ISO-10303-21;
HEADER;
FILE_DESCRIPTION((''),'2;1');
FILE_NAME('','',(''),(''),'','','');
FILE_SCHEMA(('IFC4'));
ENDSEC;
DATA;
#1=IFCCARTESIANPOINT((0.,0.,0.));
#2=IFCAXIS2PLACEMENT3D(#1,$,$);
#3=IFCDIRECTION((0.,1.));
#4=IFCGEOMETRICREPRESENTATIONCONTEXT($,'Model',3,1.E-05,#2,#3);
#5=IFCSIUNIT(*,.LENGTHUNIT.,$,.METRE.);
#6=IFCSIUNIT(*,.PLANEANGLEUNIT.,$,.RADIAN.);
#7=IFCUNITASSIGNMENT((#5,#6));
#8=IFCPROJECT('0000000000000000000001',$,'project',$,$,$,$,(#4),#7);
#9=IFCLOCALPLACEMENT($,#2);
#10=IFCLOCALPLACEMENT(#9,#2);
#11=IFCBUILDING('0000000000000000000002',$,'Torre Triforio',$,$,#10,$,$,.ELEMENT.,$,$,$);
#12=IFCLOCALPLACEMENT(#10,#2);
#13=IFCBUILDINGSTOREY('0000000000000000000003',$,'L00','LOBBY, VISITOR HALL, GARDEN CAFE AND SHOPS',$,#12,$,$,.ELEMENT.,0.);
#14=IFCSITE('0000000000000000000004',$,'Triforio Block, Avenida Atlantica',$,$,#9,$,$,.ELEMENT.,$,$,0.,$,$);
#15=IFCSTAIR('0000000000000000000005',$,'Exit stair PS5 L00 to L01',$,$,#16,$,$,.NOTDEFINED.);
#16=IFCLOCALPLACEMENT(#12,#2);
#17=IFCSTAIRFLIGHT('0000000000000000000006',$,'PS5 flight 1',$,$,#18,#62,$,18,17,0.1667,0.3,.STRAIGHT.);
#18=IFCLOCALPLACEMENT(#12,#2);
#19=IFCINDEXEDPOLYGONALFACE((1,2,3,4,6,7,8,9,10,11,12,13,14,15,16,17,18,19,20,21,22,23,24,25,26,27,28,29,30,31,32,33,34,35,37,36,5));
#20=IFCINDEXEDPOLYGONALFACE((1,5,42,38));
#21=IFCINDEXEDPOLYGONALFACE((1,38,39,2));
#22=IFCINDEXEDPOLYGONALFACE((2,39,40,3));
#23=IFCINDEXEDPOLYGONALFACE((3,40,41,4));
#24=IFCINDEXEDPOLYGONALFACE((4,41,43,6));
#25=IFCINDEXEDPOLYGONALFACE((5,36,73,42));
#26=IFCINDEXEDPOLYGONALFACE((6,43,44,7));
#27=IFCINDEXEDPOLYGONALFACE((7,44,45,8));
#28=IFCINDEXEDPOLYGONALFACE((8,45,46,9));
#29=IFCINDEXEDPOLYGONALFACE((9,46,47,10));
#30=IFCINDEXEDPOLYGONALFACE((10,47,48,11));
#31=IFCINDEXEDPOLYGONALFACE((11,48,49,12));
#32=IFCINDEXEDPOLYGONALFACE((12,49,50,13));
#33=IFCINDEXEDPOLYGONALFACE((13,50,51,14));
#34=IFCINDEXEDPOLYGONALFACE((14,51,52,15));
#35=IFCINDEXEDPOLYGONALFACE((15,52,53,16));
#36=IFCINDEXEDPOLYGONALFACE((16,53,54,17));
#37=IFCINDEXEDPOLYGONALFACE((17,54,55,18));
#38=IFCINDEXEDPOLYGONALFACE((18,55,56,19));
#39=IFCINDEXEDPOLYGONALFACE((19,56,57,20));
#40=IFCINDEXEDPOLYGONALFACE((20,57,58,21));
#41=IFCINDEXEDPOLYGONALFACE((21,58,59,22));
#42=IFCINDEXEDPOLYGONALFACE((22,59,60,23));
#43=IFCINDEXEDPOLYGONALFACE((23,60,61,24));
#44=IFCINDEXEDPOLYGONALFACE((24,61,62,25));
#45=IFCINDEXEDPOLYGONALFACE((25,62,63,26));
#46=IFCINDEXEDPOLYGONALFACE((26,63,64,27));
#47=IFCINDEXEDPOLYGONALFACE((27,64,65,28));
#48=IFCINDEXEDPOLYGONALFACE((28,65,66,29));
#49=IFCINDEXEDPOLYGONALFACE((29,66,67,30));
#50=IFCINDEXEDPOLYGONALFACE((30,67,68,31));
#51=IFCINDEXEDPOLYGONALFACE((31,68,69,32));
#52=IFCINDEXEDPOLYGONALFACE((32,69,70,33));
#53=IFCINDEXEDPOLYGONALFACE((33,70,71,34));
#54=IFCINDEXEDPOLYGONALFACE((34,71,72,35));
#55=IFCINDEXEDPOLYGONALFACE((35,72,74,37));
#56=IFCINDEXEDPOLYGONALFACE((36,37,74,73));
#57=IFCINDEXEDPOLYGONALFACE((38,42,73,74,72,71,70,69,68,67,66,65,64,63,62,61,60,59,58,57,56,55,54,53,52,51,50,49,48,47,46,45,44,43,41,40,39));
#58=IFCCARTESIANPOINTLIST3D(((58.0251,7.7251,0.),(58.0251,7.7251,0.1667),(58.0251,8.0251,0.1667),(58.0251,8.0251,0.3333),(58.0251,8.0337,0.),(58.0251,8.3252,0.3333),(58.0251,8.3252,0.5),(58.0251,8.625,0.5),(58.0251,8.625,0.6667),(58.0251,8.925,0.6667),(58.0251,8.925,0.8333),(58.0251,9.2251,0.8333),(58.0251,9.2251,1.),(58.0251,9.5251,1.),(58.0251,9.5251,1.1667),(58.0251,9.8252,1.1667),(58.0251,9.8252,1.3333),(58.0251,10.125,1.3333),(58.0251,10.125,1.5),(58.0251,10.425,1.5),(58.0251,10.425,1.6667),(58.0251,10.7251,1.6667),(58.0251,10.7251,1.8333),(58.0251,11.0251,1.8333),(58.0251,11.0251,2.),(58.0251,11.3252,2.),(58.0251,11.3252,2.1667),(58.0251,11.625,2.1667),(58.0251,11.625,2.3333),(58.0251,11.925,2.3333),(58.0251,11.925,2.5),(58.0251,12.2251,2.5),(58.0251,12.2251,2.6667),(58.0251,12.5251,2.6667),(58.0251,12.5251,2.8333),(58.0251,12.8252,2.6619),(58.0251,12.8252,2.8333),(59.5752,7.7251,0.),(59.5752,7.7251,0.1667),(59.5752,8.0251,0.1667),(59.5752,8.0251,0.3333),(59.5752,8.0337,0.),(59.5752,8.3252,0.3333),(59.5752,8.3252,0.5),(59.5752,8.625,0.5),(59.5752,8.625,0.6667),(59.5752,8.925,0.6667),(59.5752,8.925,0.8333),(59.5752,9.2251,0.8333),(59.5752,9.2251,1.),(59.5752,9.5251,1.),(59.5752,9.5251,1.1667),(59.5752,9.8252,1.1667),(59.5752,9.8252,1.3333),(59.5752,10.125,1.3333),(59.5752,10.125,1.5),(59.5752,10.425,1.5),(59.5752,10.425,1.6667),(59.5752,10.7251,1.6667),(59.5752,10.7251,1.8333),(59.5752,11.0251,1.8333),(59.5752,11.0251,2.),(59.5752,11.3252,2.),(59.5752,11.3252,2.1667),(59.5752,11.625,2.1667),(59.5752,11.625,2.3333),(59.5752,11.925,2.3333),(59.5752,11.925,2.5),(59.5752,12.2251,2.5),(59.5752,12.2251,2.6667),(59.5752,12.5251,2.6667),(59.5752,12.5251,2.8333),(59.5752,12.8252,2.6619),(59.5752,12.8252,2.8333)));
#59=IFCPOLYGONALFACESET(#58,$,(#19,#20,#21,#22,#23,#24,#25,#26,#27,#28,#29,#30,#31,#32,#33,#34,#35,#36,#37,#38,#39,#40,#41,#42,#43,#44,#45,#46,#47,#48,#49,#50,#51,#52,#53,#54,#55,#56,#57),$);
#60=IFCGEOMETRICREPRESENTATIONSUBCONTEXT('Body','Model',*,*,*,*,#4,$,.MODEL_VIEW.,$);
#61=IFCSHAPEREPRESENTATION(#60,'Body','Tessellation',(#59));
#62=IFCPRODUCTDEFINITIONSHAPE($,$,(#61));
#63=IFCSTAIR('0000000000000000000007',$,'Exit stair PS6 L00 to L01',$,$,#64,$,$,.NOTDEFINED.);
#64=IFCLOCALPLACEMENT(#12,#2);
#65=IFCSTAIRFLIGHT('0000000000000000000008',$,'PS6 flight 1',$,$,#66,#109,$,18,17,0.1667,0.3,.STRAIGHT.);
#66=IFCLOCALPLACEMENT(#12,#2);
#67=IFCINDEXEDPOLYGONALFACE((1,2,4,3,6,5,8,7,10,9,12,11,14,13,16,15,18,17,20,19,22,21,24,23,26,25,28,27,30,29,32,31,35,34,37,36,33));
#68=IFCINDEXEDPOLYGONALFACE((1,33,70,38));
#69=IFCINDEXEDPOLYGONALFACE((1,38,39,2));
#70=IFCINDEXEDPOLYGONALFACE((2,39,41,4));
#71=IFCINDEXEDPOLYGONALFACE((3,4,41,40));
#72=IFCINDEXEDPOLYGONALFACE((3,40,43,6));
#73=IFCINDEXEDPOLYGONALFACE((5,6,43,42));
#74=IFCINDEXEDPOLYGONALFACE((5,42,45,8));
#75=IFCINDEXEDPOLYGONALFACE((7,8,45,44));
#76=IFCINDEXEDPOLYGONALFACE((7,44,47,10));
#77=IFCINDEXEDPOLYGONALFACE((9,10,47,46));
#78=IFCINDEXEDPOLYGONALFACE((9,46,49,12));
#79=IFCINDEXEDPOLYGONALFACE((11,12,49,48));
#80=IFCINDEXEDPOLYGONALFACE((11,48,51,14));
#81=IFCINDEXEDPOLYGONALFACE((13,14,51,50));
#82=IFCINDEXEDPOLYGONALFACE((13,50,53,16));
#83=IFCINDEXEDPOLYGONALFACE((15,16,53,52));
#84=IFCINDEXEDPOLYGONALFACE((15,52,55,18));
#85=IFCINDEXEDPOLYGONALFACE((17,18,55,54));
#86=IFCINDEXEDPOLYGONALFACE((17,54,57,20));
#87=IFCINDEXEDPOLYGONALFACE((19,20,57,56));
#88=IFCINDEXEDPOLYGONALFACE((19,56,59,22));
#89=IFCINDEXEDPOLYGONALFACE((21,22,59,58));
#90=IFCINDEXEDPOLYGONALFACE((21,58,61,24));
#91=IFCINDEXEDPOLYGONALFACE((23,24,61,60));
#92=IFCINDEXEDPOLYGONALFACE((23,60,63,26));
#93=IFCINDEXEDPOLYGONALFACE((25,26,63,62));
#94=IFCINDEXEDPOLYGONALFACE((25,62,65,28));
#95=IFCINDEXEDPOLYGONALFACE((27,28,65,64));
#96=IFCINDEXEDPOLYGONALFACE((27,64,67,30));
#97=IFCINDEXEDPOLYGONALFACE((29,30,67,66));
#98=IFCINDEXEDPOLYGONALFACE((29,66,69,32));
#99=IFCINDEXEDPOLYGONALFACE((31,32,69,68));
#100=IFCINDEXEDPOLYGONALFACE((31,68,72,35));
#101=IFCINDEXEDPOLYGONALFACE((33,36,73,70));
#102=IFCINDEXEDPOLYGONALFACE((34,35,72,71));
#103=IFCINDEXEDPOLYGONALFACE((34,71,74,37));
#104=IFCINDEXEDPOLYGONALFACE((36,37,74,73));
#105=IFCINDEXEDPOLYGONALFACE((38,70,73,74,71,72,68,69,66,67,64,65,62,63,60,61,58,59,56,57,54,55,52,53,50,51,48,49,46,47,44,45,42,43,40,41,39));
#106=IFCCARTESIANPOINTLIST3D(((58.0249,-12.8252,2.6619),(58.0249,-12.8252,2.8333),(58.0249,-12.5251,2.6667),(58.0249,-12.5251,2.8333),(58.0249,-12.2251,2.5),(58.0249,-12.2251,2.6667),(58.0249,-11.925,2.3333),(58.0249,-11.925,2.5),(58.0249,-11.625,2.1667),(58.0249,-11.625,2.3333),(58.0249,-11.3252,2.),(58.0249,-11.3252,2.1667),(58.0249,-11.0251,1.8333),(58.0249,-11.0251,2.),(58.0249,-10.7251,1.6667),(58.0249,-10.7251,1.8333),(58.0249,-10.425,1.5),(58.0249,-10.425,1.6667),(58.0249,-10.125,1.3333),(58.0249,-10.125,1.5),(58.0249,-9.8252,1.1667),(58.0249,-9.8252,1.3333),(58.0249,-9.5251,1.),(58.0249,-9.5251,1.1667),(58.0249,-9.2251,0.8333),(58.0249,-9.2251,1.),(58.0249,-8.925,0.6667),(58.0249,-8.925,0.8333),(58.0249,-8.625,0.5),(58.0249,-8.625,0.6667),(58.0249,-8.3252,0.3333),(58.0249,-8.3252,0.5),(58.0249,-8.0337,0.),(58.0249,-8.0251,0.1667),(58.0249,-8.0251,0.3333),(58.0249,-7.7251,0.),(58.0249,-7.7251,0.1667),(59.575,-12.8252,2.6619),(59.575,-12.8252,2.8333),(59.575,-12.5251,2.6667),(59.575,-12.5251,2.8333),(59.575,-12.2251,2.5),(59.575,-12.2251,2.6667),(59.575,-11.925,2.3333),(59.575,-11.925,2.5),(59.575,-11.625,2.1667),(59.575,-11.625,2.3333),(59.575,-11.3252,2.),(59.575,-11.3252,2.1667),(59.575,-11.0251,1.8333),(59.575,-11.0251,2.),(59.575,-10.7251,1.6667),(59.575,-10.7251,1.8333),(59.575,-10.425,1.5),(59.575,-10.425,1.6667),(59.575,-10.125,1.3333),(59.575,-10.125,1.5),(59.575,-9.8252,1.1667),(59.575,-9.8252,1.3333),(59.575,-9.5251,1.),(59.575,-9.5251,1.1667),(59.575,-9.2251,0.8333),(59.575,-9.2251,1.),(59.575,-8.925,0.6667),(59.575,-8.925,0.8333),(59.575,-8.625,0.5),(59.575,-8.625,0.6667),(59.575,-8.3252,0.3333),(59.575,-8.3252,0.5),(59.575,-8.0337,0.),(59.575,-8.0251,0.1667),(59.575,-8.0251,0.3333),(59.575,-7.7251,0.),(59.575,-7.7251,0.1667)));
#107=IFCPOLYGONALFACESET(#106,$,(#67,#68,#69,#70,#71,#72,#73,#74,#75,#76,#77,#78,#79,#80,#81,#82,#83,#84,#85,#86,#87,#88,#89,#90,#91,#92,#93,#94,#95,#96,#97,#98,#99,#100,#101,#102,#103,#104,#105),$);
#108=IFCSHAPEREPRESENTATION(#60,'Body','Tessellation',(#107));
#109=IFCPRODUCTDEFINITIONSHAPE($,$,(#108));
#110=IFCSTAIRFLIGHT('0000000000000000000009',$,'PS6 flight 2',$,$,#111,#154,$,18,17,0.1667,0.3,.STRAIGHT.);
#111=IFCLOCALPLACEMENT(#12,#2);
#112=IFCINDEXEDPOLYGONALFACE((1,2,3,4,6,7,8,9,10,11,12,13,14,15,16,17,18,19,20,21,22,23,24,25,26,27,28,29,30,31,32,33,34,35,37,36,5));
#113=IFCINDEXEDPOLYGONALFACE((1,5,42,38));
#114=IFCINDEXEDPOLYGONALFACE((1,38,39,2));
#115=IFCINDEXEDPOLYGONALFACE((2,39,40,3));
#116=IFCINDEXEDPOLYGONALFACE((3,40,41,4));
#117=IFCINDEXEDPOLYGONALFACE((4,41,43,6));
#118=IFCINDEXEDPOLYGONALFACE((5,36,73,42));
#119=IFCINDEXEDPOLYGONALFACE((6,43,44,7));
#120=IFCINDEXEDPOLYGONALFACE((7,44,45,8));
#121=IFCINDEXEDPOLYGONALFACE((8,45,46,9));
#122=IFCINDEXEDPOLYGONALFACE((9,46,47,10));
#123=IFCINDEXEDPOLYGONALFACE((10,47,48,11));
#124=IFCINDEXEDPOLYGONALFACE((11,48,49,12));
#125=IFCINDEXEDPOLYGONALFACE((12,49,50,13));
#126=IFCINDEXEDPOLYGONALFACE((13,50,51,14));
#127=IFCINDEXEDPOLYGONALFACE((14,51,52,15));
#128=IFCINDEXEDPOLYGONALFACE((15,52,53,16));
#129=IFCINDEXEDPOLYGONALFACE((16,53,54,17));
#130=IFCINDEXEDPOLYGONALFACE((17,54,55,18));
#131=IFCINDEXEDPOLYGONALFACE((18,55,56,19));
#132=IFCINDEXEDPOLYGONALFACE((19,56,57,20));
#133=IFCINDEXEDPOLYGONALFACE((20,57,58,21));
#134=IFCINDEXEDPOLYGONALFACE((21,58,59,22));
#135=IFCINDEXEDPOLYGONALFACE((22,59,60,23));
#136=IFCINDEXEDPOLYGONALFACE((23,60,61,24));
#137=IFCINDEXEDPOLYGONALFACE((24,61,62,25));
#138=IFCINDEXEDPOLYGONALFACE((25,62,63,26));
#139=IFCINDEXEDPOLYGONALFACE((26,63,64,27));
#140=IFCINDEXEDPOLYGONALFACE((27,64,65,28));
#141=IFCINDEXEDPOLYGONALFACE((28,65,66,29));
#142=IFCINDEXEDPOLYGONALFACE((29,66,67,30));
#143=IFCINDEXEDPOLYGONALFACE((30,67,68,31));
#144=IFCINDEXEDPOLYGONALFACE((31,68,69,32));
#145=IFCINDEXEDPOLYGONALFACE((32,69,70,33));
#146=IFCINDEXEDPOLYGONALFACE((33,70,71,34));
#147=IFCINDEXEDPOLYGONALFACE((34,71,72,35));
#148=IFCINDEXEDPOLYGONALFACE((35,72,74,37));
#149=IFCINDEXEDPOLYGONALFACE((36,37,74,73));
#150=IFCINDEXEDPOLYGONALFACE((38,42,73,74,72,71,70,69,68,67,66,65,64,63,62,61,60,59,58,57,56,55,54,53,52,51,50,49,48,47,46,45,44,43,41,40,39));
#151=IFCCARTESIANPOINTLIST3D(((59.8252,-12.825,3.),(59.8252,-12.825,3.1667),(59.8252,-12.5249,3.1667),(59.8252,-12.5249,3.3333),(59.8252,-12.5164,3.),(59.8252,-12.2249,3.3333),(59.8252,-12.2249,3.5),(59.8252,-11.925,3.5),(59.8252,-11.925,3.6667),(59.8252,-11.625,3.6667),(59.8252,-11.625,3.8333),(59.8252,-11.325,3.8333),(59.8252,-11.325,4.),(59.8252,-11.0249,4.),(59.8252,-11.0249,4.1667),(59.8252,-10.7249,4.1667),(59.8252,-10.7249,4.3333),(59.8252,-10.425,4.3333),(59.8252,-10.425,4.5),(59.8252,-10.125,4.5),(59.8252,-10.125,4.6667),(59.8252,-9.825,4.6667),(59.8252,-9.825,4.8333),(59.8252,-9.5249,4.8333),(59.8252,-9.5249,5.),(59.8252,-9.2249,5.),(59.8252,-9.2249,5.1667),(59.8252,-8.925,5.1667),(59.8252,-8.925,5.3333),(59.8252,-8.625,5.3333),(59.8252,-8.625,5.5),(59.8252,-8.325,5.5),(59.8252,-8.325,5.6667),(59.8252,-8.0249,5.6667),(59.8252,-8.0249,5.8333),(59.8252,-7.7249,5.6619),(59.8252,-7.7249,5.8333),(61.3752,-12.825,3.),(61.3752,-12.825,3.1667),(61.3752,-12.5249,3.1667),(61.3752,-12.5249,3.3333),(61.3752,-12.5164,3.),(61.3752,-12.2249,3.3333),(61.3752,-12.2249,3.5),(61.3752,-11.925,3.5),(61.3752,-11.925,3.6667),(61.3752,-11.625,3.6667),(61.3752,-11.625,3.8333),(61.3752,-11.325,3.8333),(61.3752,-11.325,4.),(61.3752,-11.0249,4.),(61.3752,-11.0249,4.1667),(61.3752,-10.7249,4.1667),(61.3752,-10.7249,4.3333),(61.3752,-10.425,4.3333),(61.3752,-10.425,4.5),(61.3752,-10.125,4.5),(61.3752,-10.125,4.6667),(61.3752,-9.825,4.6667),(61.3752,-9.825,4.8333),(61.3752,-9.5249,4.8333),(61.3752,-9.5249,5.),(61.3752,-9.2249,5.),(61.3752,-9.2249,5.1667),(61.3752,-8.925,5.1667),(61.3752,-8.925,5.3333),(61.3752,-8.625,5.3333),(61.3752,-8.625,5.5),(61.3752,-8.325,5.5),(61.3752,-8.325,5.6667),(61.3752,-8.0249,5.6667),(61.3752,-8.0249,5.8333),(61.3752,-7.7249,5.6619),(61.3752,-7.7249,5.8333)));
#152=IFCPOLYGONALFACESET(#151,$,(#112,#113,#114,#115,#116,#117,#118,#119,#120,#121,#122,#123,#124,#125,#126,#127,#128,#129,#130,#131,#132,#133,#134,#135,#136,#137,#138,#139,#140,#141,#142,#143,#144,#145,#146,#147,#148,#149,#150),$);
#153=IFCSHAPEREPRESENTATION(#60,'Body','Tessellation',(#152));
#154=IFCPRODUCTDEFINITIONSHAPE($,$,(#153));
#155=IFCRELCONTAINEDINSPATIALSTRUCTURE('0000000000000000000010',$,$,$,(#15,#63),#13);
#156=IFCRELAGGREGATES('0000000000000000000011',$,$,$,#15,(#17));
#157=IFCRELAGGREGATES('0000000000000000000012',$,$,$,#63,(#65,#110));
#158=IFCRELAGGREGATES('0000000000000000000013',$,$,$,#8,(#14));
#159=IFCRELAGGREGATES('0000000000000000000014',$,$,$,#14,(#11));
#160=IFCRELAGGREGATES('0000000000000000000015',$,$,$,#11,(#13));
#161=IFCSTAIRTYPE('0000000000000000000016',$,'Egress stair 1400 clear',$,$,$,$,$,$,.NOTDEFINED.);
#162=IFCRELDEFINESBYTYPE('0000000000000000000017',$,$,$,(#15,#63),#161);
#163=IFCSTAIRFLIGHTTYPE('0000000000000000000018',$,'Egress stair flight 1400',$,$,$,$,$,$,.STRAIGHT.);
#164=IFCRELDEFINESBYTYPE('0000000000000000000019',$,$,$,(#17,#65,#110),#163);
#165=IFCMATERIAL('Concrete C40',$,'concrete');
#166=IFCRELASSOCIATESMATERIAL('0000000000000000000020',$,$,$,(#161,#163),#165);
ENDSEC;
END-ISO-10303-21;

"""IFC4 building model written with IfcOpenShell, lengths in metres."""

from ifc_helpers import new_model, si_unit, direction, frame, origin, place, context, subcontext, project, spatial, polyline, outline, extrude, material, type_object, element, aggregate, save


model = new_model("IFC4")

# Units and contexts
model_context = context("Model", 3, precision=1e-05, world=origin(), true_north=direction((0.0, 1.0)))
body_context = subcontext(model_context, "Body", "Model", "MODEL_VIEW")
ifc_project = project(units=[si_unit("LENGTHUNIT", "METRE"), si_unit("PLANEANGLEUNIT", "RADIAN")], contexts=[model_context])

# Site, building, storey
site_placement = place(None, origin())
site = spatial("IfcSite", under=ifc_project, at=site_placement, Name="Triforio Block, Avenida Atlantica", CompositionType="ELEMENT", RefElevation=0.0)
building_placement = place(site_placement, origin())
building = spatial("IfcBuilding", under=site, at=building_placement, Name="Torre Triforio", CompositionType="ELEMENT")
storey_placement = place(building_placement, origin())
storey = spatial("IfcBuildingStorey", under=building, at=storey_placement, Name="L00", Description="LOBBY, VISITOR HALL, GARDEN CAFE AND SHOPS", CompositionType="ELEMENT", Elevation=0.0)

# Shared definitions
ifc_material_1 = material(Name="Concrete C40", Category="concrete")

# Stair, stair flight
stair_type = type_object("IfcStairType", Name="Egress stair 1400 clear", PredefinedType="NOTDEFINED", material=ifc_material_1)
stair_1_placement = place(storey_placement, origin())
stair_1 = element("IfcStair", 1, at=stair_1_placement, inside=storey, type_object=stair_type, Name="Exit stair PS5 L00 to L01", PredefinedType="NOTDEFINED")
stair_flight_type = type_object("IfcStairFlightType", Name="Egress stair flight 1400", PredefinedType="STRAIGHT", material=ifc_material_1)
stair_flight_1_placement = place(storey_placement, frame((58.8, 7.7251, 0.0), z_axis=(0.0, 0.0, 1.0), x_axis=(0.0, 1.0, 0.0)))
stair_flight_1 = element("IfcStairFlight", 2, at=stair_flight_1_placement, type_object=stair_flight_type, Name="PS5 flight 1", NumberOfRisers=18, NumberOfTreads=17, PredefinedType="STRAIGHT", RiserHeight=0.1667, TreadLength=0.3, context=body_context, shape_type="SweptSolid", body=[
    extrude(outline(polyline([(0.0, 0.0), (0.0, 0.1667), (0.3, 0.1667), (0.3, 0.3333), (0.6001, 0.3333), (0.6001, 0.5), (0.8999, 0.5), (0.8999, 0.6667), (1.2, 0.6667), (1.2, 0.8333), (1.5, 0.8333), (1.5, 1.0), (1.8, 1.0), (1.8, 1.1667), (2.1001, 1.1667), (2.1001, 1.3333), (2.3999, 1.3333), (2.3999, 1.5), (2.7, 1.5), (2.7, 1.6667), (3.0, 1.6667), (3.0, 1.8333), (3.3, 1.8333), (3.3, 2.0), (3.6001, 2.0), (3.6001, 2.1667), (3.8999, 2.1667), (3.8999, 2.3333), (4.2, 2.3333), (4.2, 2.5), (4.5, 2.5), (4.5, 2.6667), (4.8, 2.6667), (4.8, 2.8333), (5.1001, 2.8333), (5.1001, 3.0), (5.1001, 2.6619), (0.3086, 0.0), (0.0, 0.0)])), frame((0.0, 0.7749, 0.0), z_axis=(0.0, -1.0, 0.0), x_axis=(1.0, 0.0, 0.0)), (0.0, 0.0, 1.0), 1.55),
])

# Stair, stair flights
stair_2_placement = place(storey_placement, origin())
stair_2 = element("IfcStair", 3, at=stair_2_placement, inside=storey, type_object=stair_type, Name="Exit stair PS6 L00 to L01", PredefinedType="NOTDEFINED")
stair_flight_2_placement = place(storey_placement, frame((58.8, -7.7251, 0.0), z_axis=(0.0, 0.0, 1.0), x_axis=(0.0, -1.0, 0.0)))
stair_flight_2 = element("IfcStairFlight", 4, at=stair_flight_2_placement, type_object=stair_flight_type, Name="PS6 flight 1", NumberOfRisers=18, NumberOfTreads=17, PredefinedType="STRAIGHT", RiserHeight=0.1667, TreadLength=0.3, context=body_context, shape_type="SweptSolid", body=[
    extrude(outline(polyline([(0.0, 0.0), (0.0, 0.1667), (0.3, 0.1667), (0.3, 0.3333), (0.6001, 0.3333), (0.6001, 0.5), (0.8999, 0.5), (0.8999, 0.6667), (1.2, 0.6667), (1.2, 0.8333), (1.5, 0.8333), (1.5, 1.0), (1.8, 1.0), (1.8, 1.1667), (2.1001, 1.1667), (2.1001, 1.3333), (2.3999, 1.3333), (2.3999, 1.5), (2.7, 1.5), (2.7, 1.6667), (3.0, 1.6667), (3.0, 1.8333), (3.3, 1.8333), (3.3, 2.0), (3.6001, 2.0), (3.6001, 2.1667), (3.8999, 2.1667), (3.8999, 2.3333), (4.2, 2.3333), (4.2, 2.5), (4.5, 2.5), (4.5, 2.6667), (4.8, 2.6667), (4.8, 2.8333), (5.1001, 2.8333), (5.1001, 3.0), (5.1001, 2.6619), (0.3086, 0.0), (0.0, 0.0)])), frame((0.0, 0.7749, 0.0), z_axis=(0.0, -1.0, 0.0), x_axis=(1.0, 0.0, 0.0)), (0.0, 0.0, 1.0), 1.55),
])
stair_flight_3_placement = place(storey_placement, frame((60.6001, -12.825, 3.0), z_axis=(0.0, 0.0, 1.0), x_axis=(0.0, 1.0, 0.0)))
stair_flight_3 = element("IfcStairFlight", 5, at=stair_flight_3_placement, type_object=stair_flight_type, Name="PS6 flight 2", NumberOfRisers=18, NumberOfTreads=17, PredefinedType="STRAIGHT", RiserHeight=0.1667, TreadLength=0.3, context=body_context, shape_type="SweptSolid", body=[
    extrude(outline(polyline([(0.0, 0.0), (0.0, 0.1667), (0.3, 0.1667), (0.3, 0.3333), (0.6001, 0.3333), (0.6001, 0.5), (0.8999, 0.5), (0.8999, 0.6667), (1.2, 0.6667), (1.2, 0.8333), (1.5, 0.8333), (1.5, 1.0), (1.8, 1.0), (1.8, 1.1667), (2.1001, 1.1667), (2.1001, 1.3333), (2.3999, 1.3333), (2.3999, 1.5), (2.7, 1.5), (2.7, 1.6667), (3.0, 1.6667), (3.0, 1.8333), (3.3, 1.8333), (3.3, 2.0), (3.6001, 2.0), (3.6001, 2.1667), (3.8999, 2.1667), (3.8999, 2.3333), (4.2, 2.3333), (4.2, 2.5), (4.5, 2.5), (4.5, 2.6667), (4.8, 2.6667), (4.8, 2.8333), (5.1001, 2.8333), (5.1001, 3.0), (5.1001, 2.6619), (0.3086, 0.0), (0.0, 0.0)])), frame((0.0, 0.7749, 0.0), z_axis=(0.0, -1.0, 0.0), x_axis=(1.0, 0.0, 0.0)), (0.0, 0.0, 1.0), 1.55),
])

aggregate(stair_1, [stair_flight_1])
aggregate(stair_2, [stair_flight_2, stair_flight_3])

save(model, "model.ifc")
